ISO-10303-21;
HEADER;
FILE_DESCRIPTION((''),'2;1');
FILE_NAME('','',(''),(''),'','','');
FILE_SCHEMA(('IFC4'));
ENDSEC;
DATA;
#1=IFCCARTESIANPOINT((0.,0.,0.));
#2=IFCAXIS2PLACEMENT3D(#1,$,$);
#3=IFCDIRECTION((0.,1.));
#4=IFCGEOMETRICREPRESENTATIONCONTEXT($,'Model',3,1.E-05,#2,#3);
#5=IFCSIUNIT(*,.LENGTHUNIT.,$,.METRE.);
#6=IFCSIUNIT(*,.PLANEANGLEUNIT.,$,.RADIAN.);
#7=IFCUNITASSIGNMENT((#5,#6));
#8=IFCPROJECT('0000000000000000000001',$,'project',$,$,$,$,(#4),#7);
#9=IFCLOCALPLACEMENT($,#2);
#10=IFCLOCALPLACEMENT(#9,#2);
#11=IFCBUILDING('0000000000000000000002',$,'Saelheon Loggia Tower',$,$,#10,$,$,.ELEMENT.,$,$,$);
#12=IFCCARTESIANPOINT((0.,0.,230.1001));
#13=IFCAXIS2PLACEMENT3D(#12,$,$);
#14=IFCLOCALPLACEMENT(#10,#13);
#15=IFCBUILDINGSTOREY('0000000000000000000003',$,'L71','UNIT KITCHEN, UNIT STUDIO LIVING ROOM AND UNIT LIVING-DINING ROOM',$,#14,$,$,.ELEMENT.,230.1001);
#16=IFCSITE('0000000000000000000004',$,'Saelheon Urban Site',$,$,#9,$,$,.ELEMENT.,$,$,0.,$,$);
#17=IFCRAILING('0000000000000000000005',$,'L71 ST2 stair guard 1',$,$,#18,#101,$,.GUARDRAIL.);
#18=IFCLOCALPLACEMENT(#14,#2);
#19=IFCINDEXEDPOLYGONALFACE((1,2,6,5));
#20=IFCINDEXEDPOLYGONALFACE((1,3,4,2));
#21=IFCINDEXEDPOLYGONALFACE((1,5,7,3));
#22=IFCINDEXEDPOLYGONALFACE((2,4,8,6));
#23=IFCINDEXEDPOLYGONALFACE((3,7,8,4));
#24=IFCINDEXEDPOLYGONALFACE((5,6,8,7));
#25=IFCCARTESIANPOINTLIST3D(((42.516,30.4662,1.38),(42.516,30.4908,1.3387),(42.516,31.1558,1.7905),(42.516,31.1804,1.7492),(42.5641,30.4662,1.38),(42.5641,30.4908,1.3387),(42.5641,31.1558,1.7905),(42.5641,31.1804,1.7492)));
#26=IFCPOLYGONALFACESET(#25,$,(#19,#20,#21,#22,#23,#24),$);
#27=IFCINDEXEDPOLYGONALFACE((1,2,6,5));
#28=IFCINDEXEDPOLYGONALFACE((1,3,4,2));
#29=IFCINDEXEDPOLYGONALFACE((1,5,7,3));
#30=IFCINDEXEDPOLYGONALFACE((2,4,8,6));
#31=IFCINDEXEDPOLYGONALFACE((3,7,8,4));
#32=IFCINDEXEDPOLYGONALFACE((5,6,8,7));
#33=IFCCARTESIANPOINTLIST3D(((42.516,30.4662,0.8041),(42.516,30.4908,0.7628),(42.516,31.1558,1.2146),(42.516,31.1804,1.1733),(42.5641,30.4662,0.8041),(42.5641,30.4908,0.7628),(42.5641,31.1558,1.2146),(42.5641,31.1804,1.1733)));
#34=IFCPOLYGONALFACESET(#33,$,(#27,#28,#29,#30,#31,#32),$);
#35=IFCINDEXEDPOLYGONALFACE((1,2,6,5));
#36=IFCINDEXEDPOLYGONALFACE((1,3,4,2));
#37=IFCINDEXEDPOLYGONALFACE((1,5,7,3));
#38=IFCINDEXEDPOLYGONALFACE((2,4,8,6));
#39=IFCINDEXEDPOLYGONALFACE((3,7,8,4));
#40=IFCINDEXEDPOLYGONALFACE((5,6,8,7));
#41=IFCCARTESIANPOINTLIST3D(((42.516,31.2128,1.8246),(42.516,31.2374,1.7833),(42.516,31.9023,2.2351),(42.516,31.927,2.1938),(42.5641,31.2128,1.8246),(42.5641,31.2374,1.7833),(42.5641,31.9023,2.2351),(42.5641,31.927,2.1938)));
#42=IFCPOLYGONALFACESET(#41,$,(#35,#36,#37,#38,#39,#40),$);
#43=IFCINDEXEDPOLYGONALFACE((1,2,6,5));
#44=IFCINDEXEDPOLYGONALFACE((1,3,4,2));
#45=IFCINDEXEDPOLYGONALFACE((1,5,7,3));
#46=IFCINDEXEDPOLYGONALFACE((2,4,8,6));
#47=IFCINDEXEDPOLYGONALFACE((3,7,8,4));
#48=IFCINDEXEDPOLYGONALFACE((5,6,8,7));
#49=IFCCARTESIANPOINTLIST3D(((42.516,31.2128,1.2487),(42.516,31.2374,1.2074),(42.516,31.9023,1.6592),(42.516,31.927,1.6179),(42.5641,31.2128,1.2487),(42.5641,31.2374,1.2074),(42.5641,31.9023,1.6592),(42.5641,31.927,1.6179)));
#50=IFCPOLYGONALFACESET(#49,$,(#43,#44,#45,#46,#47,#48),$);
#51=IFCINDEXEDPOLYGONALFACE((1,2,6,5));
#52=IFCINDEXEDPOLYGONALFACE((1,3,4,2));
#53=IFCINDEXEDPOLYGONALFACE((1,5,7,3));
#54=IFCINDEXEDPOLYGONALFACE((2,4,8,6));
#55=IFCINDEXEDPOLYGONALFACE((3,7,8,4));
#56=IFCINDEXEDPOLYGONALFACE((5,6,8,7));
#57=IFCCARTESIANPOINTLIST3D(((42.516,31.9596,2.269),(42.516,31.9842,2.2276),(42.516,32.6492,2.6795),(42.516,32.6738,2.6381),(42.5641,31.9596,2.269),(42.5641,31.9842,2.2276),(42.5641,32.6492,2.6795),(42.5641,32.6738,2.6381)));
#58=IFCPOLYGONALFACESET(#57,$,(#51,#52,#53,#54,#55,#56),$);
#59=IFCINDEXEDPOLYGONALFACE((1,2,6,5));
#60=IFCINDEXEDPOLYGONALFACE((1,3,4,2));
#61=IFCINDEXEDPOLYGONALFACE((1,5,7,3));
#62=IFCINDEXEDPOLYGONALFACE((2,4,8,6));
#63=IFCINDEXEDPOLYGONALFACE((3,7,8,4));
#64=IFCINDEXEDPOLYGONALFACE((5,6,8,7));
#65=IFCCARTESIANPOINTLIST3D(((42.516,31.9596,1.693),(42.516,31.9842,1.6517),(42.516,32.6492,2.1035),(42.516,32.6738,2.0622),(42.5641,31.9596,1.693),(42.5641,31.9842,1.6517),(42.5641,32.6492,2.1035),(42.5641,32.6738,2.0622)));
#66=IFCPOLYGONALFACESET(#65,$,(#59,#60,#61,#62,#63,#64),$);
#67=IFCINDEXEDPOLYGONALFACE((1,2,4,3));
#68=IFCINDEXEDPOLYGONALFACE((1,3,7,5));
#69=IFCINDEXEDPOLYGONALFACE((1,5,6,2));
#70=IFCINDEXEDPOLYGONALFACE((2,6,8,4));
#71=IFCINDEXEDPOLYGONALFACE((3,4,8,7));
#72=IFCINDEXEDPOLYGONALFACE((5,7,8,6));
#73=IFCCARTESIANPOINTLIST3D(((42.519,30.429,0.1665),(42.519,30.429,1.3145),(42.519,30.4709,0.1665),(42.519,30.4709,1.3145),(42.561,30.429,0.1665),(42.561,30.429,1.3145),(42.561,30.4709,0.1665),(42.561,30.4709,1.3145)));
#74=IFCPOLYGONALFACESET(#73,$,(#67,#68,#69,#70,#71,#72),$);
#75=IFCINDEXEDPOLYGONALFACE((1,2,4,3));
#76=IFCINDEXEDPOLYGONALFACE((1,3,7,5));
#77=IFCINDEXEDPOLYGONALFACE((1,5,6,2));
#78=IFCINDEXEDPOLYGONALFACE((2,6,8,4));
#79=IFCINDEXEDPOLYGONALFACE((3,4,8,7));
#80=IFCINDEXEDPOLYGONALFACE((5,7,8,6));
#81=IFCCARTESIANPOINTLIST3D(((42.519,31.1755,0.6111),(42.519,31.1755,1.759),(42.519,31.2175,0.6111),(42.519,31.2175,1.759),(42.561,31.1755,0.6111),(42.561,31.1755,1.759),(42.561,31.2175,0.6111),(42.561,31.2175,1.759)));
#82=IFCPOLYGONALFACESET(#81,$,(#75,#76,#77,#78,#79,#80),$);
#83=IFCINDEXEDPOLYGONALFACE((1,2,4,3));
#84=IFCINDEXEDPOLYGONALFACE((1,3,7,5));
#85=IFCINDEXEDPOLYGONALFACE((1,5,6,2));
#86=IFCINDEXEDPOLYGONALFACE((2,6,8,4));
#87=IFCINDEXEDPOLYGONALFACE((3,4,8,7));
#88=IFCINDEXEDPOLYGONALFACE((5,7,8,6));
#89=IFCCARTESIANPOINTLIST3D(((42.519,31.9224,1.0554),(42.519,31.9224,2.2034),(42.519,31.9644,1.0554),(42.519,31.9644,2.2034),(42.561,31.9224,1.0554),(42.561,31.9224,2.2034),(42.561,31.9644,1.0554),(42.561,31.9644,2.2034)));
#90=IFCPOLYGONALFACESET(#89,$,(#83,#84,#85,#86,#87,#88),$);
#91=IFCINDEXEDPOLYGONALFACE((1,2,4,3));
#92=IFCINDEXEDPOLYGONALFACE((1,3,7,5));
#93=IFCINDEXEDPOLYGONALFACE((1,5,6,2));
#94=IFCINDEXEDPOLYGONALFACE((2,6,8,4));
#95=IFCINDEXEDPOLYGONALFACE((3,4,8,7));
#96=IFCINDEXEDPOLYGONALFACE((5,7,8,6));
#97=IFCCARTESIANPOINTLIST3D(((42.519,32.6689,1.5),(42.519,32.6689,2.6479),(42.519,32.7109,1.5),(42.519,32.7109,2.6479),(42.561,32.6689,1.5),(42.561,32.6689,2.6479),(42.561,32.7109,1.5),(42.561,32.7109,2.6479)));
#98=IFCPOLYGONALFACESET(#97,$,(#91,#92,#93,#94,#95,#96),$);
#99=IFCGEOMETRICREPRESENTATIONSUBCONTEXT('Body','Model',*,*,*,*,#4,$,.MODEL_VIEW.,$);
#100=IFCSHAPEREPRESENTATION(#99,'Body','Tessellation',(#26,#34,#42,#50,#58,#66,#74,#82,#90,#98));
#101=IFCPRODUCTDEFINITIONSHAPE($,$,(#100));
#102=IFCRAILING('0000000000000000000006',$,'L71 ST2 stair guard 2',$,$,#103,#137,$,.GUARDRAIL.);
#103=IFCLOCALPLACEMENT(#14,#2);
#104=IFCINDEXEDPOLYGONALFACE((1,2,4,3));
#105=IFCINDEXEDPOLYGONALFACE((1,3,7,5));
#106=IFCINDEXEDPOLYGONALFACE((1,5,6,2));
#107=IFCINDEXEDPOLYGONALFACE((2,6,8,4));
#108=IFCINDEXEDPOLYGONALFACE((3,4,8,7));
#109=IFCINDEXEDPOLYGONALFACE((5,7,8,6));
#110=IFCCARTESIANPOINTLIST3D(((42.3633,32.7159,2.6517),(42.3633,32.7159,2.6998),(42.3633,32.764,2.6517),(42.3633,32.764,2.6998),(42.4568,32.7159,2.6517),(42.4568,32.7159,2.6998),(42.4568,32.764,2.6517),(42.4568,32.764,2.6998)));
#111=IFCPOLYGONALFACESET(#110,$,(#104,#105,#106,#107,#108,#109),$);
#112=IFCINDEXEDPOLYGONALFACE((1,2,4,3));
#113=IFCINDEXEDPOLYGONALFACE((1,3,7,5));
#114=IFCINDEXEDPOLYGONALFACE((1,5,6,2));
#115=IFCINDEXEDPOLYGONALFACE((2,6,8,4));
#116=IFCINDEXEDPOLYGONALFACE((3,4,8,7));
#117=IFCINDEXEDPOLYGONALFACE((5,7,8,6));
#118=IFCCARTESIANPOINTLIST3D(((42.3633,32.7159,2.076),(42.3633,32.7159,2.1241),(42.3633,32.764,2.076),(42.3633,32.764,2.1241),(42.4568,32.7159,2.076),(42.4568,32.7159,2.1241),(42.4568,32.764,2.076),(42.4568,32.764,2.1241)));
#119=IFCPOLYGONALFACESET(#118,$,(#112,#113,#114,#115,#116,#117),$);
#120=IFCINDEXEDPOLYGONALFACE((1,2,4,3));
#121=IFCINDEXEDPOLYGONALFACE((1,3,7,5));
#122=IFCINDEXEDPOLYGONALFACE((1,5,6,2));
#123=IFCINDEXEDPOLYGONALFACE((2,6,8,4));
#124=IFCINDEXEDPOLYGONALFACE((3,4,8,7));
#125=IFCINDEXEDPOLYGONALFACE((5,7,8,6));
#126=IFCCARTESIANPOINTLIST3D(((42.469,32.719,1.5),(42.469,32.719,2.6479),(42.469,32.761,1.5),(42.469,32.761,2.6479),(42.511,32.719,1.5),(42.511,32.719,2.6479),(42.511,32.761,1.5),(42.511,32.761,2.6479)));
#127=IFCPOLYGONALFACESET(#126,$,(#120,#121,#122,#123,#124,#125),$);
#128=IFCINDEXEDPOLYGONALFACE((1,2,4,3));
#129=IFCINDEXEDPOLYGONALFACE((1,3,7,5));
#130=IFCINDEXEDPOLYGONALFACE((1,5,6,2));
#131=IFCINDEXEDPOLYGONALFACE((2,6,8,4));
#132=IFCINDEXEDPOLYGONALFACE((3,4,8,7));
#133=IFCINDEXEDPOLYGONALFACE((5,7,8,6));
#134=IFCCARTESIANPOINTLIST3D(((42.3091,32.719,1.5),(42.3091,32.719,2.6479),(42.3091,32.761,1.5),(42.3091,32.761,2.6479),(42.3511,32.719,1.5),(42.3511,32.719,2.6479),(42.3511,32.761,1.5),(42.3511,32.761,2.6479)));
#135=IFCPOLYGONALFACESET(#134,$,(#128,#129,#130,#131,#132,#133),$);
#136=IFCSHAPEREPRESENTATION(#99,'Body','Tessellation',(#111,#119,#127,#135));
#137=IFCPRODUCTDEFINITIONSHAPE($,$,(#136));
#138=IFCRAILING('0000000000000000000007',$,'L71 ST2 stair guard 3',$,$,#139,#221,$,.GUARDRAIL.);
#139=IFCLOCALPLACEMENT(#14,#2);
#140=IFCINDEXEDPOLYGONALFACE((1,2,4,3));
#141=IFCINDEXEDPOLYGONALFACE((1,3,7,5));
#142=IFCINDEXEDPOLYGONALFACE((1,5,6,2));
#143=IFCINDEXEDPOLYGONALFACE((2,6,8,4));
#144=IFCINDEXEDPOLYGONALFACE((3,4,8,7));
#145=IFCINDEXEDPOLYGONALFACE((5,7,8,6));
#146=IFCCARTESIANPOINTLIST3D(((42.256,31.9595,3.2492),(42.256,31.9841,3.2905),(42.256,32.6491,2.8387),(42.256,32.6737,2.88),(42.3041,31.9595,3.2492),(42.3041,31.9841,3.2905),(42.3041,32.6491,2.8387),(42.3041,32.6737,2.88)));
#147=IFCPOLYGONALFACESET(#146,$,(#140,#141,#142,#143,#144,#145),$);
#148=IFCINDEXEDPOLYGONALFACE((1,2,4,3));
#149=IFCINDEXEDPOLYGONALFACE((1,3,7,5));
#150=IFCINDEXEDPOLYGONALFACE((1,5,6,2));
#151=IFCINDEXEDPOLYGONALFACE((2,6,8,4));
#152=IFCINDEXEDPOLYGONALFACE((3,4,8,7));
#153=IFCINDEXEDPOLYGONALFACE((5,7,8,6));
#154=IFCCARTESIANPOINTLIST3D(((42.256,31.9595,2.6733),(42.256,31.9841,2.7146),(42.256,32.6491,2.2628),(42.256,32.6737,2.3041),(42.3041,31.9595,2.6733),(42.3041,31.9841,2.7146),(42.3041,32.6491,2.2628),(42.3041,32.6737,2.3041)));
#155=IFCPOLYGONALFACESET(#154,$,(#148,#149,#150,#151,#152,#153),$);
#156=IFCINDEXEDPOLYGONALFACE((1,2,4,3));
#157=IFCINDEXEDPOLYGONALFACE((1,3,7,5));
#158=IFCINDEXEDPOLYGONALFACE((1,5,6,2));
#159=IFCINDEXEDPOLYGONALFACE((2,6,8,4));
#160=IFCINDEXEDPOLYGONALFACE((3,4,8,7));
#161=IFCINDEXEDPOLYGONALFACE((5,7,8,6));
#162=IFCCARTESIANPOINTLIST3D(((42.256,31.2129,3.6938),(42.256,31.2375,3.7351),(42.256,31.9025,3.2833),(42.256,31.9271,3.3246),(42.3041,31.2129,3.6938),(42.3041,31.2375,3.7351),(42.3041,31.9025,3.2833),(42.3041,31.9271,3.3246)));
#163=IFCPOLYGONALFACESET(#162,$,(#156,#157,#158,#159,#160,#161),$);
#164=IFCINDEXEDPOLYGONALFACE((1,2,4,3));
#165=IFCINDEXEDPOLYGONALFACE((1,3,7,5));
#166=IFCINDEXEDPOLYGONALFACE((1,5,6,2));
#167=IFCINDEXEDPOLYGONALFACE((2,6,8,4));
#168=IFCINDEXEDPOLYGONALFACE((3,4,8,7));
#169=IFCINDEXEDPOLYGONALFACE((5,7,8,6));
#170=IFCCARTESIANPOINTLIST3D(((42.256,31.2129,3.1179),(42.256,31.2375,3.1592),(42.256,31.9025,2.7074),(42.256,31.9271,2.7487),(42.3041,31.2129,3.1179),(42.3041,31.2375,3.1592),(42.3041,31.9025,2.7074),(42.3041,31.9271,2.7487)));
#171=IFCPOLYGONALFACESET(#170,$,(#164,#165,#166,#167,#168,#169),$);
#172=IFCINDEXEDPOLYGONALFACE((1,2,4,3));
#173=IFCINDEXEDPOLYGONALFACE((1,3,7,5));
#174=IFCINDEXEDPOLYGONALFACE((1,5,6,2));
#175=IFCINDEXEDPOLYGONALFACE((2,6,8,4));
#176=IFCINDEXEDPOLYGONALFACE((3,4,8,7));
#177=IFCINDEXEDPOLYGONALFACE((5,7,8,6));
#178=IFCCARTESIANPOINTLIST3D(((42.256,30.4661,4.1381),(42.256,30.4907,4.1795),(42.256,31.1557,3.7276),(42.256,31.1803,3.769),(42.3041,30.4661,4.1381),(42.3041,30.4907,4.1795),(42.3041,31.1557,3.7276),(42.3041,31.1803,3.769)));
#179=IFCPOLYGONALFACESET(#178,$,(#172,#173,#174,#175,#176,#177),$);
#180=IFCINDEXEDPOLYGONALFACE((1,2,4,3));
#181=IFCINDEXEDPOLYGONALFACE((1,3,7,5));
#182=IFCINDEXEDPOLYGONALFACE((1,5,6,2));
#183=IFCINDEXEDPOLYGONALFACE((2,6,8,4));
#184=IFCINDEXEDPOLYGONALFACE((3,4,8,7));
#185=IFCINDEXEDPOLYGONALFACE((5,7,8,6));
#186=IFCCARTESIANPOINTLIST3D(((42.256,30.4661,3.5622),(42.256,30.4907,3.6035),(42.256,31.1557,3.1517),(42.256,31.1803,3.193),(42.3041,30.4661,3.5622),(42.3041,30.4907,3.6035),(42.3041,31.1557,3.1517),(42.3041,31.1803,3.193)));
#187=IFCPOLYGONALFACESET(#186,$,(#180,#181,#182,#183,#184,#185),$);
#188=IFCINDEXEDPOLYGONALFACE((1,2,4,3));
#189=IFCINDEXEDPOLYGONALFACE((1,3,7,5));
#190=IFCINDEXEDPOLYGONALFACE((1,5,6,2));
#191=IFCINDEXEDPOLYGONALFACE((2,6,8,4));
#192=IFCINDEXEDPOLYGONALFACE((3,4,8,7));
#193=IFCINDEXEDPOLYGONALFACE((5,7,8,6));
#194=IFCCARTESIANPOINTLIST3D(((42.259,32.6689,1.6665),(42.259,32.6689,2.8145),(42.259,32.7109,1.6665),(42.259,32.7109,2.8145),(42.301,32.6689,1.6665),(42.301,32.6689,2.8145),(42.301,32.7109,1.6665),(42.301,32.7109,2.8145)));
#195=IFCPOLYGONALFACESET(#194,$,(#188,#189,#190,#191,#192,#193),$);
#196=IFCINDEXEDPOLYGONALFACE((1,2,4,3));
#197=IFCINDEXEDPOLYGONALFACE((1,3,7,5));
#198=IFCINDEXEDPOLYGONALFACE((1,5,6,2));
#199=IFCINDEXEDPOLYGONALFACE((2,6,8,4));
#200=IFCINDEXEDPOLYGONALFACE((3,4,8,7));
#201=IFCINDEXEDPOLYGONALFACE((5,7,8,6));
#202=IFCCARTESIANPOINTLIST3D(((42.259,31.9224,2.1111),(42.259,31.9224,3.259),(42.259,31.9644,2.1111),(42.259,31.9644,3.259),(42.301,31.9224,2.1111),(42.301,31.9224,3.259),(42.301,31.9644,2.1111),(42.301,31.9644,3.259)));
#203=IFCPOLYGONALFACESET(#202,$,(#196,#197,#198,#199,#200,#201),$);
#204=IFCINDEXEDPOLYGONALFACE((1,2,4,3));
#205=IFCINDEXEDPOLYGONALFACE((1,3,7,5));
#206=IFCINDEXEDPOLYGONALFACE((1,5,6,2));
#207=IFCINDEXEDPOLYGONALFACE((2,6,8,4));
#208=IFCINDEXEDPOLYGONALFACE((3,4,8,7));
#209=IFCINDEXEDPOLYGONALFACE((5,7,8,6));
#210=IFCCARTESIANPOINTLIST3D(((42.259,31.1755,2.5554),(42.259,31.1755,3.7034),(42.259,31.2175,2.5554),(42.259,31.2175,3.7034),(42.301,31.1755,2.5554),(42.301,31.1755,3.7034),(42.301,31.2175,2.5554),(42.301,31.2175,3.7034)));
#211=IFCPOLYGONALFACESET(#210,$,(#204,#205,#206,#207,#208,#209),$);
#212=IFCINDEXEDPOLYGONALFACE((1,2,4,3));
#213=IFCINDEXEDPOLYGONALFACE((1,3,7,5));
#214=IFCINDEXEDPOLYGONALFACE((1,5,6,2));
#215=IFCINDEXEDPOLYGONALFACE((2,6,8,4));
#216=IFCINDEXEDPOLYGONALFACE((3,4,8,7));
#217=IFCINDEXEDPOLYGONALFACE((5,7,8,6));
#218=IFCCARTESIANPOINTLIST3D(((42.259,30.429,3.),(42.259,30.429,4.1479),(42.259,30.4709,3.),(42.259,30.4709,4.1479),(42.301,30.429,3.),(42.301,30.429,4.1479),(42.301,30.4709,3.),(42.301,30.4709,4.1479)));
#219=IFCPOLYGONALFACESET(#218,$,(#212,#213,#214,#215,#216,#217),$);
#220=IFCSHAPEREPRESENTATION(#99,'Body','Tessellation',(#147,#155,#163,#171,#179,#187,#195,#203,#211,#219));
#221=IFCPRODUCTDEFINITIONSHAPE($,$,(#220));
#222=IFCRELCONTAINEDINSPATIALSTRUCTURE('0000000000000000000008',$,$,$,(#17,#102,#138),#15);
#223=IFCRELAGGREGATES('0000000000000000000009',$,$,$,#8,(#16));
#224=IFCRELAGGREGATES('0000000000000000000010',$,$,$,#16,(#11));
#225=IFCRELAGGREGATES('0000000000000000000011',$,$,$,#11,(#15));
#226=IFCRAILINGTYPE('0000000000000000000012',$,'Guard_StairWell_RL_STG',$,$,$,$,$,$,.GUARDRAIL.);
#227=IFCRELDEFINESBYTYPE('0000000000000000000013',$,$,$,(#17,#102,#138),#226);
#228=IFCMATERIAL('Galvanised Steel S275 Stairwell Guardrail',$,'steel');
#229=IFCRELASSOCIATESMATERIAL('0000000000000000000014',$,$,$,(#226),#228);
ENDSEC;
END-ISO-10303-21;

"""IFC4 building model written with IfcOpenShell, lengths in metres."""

from ifc_helpers import new_model, si_unit, direction, frame, origin, origin_2d, place, context, subcontext, project, spatial, rectangle, extrude, material, type_object, element, save


model = new_model("IFC4")

# Units and contexts
model_context = context("Model", 3, precision=1e-05, world=origin(), true_north=direction((0.0, 1.0)))
body_context = subcontext(model_context, "Body", "Model", "MODEL_VIEW")
ifc_project = project(units=[si_unit("LENGTHUNIT", "METRE"), si_unit("PLANEANGLEUNIT", "RADIAN")], contexts=[model_context])

# Site, building, storey
site_placement = place(None, origin())
site = spatial("IfcSite", under=ifc_project, at=site_placement, Name="Saelheon Urban Site", CompositionType="ELEMENT", RefElevation=0.0)
building_placement = place(site_placement, origin())
building = spatial("IfcBuilding", under=site, at=building_placement, Name="Saelheon Loggia Tower", CompositionType="ELEMENT")
storey_placement = place(building_placement, frame((0.0, 0.0, 230.1001)))
storey = spatial("IfcBuildingStorey", under=building, at=storey_placement, Name="L71", Description="UNIT KITCHEN, UNIT STUDIO LIVING ROOM AND UNIT LIVING-DINING ROOM", CompositionType="ELEMENT", Elevation=230.1001)

# Railings
ifc_material_1 = material(Name="Galvanised Steel S275 Stairwell Guardrail", Category="steel")
railing_type_1 = type_object("IfcRailingType", Name="Guard_StairWell_RL_STG", PredefinedType="GUARDRAIL", material=ifc_material_1)
railing_1_placement = place(storey_placement, frame((42.54, 30.45, 0.1665)))
element("IfcRailing", 1, at=railing_1_placement, inside=storey, type_object=railing_type_1, Name="L71 ST2 stair guard 1", PredefinedType="GUARDRAIL", context=body_context, shape_type="SweptSolid", body=[
    extrude(rectangle(XDim=0.0481, YDim=0.0481, at=origin_2d()), frame((0.0, 0.0286, 1.1929), z_axis=(0.0, 0.859264, 0.511532), x_axis=(-1.0, 0.0, 0.0)), (0.0, 0.0, 1.0), 0.8025),
    extrude(rectangle(XDim=0.0481, YDim=0.0481, at=origin_2d()), frame((0.0, 0.0286, 0.6169), z_axis=(0.0, 0.859264, 0.511532), x_axis=(-1.0, 0.0, 0.0)), (0.0, 0.0, 1.0), 0.8025),
    extrude(rectangle(XDim=0.0481, YDim=0.0481, at=origin_2d()), frame((0.0, 0.7751, 1.6375), z_axis=(0.0, 0.859264, 0.511532), x_axis=(-1.0, 0.0, 0.0)), (0.0, 0.0, 1.0), 0.8025),
    extrude(rectangle(XDim=0.0481, YDim=0.0481, at=origin_2d()), frame((0.0, 0.7751, 1.0615), z_axis=(0.0, 0.859264, 0.511532), x_axis=(-1.0, 0.0, 0.0)), (0.0, 0.0, 1.0), 0.8025),
    extrude(rectangle(XDim=0.0481, YDim=0.0481, at=origin_2d()), frame((0.0, 1.522, 2.0818), z_axis=(0.0, 0.859264, 0.511532), x_axis=(-1.0, 0.0, 0.0)), (0.0, 0.0, 1.0), 0.8025),
    extrude(rectangle(XDim=0.0481, YDim=0.0481, at=origin_2d()), frame((0.0, 1.522, 1.5059), z_axis=(0.0, 0.859264, 0.511532), x_axis=(-1.0, 0.0, 0.0)), (0.0, 0.0, 1.0), 0.8025),
    extrude(rectangle(XDim=0.042, YDim=0.042, at=origin_2d()), origin(), (0.0, 0.0, 1.0), 1.1479),
    extrude(rectangle(XDim=0.042, YDim=0.042, at=origin_2d()), frame((0.0, 0.7466, 0.4446)), (0.0, 0.0, 1.0), 1.1479),
    extrude(rectangle(XDim=0.042, YDim=0.042, at=origin_2d()), frame((0.0, 1.4934, 0.8889)), (0.0, 0.0, 1.0), 1.1479),
    extrude(rectangle(XDim=0.042, YDim=0.042, at=origin_2d()), frame((0.0, 2.24, 1.3335)), (0.0, 0.0, 1.0), 1.1479),
])
railing_2_placement = place(storey_placement, frame((42.49, 32.74, 1.5)))
element("IfcRailing", 2, at=railing_2_placement, inside=storey, type_object=railing_type_1, Name="L71 ST2 stair guard 2", PredefinedType="GUARDRAIL", context=body_context, shape_type="SweptSolid", body=[
    extrude(rectangle(XDim=0.0481, YDim=0.0481, at=origin_2d()), frame((-0.0332, 0.0, 1.1758), z_axis=(-1.0, 0.0, 0.0), x_axis=(0.0, -1.0, 0.0)), (0.0, 0.0, 1.0), 0.0935),
    extrude(rectangle(XDim=0.0481, YDim=0.0481, at=origin_2d()), frame((-0.0332, 0.0, 0.6001), z_axis=(-1.0, 0.0, 0.0), x_axis=(0.0, -1.0, 0.0)), (0.0, 0.0, 1.0), 0.0935),
    extrude(rectangle(XDim=0.042, YDim=0.042, at=origin_2d()), origin(), (0.0, 0.0, 1.0), 1.1479),
    extrude(rectangle(XDim=0.042, YDim=0.042, at=origin_2d()), frame((-0.1599, 0.0, 0.0)), (0.0, 0.0, 1.0), 1.1479),
])
railing_3_placement = place(storey_placement, frame((42.28, 32.6899, 1.6665)))
element("IfcRailing", 3, at=railing_3_placement, inside=storey, type_object=railing_type_1, Name="L71 ST2 stair guard 3", PredefinedType="GUARDRAIL", context=body_context, shape_type="SweptSolid", body=[
    extrude(rectangle(XDim=0.0481, YDim=0.0481, at=origin_2d()), frame((0.0, -0.0286, 1.1929), z_axis=(0.0, -0.859264, 0.511532), x_axis=(1.0, 0.0, 0.0)), (0.0, 0.0, 1.0), 0.8025),
    extrude(rectangle(XDim=0.0481, YDim=0.0481, at=origin_2d()), frame((0.0, -0.0286, 0.6169), z_axis=(0.0, -0.859264, 0.511532), x_axis=(1.0, 0.0, 0.0)), (0.0, 0.0, 1.0), 0.8025),
    extrude(rectangle(XDim=0.0481, YDim=0.0481, at=origin_2d()), frame((0.0, -0.7751, 1.6375), z_axis=(0.0, -0.859264, 0.511532), x_axis=(1.0, 0.0, 0.0)), (0.0, 0.0, 1.0), 0.8025),
    extrude(rectangle(XDim=0.0481, YDim=0.0481, at=origin_2d()), frame((0.0, -0.7751, 1.0615), z_axis=(0.0, -0.859264, 0.511532), x_axis=(1.0, 0.0, 0.0)), (0.0, 0.0, 1.0), 0.8025),
    extrude(rectangle(XDim=0.0481, YDim=0.0481, at=origin_2d()), frame((0.0, -1.522, 2.0818), z_axis=(0.0, -0.859264, 0.511532), x_axis=(1.0, 0.0, 0.0)), (0.0, 0.0, 1.0), 0.8025),
    extrude(rectangle(XDim=0.0481, YDim=0.0481, at=origin_2d()), frame((0.0, -1.522, 1.5059), z_axis=(0.0, -0.859264, 0.511532), x_axis=(1.0, 0.0, 0.0)), (0.0, 0.0, 1.0), 0.8025),
    extrude(rectangle(XDim=0.042, YDim=0.042, at=origin_2d()), origin(), (0.0, 0.0, 1.0), 1.1479),
    extrude(rectangle(XDim=0.042, YDim=0.042, at=origin_2d()), frame((0.0, -0.7466, 0.4446)), (0.0, 0.0, 1.0), 1.1479),
    extrude(rectangle(XDim=0.042, YDim=0.042, at=origin_2d()), frame((0.0, -1.4934, 0.8889)), (0.0, 0.0, 1.0), 1.1479),
    extrude(rectangle(XDim=0.042, YDim=0.042, at=origin_2d()), frame((0.0, -2.24, 1.3335)), (0.0, 0.0, 1.0), 1.1479),
])

save(model, "model.ifc")
